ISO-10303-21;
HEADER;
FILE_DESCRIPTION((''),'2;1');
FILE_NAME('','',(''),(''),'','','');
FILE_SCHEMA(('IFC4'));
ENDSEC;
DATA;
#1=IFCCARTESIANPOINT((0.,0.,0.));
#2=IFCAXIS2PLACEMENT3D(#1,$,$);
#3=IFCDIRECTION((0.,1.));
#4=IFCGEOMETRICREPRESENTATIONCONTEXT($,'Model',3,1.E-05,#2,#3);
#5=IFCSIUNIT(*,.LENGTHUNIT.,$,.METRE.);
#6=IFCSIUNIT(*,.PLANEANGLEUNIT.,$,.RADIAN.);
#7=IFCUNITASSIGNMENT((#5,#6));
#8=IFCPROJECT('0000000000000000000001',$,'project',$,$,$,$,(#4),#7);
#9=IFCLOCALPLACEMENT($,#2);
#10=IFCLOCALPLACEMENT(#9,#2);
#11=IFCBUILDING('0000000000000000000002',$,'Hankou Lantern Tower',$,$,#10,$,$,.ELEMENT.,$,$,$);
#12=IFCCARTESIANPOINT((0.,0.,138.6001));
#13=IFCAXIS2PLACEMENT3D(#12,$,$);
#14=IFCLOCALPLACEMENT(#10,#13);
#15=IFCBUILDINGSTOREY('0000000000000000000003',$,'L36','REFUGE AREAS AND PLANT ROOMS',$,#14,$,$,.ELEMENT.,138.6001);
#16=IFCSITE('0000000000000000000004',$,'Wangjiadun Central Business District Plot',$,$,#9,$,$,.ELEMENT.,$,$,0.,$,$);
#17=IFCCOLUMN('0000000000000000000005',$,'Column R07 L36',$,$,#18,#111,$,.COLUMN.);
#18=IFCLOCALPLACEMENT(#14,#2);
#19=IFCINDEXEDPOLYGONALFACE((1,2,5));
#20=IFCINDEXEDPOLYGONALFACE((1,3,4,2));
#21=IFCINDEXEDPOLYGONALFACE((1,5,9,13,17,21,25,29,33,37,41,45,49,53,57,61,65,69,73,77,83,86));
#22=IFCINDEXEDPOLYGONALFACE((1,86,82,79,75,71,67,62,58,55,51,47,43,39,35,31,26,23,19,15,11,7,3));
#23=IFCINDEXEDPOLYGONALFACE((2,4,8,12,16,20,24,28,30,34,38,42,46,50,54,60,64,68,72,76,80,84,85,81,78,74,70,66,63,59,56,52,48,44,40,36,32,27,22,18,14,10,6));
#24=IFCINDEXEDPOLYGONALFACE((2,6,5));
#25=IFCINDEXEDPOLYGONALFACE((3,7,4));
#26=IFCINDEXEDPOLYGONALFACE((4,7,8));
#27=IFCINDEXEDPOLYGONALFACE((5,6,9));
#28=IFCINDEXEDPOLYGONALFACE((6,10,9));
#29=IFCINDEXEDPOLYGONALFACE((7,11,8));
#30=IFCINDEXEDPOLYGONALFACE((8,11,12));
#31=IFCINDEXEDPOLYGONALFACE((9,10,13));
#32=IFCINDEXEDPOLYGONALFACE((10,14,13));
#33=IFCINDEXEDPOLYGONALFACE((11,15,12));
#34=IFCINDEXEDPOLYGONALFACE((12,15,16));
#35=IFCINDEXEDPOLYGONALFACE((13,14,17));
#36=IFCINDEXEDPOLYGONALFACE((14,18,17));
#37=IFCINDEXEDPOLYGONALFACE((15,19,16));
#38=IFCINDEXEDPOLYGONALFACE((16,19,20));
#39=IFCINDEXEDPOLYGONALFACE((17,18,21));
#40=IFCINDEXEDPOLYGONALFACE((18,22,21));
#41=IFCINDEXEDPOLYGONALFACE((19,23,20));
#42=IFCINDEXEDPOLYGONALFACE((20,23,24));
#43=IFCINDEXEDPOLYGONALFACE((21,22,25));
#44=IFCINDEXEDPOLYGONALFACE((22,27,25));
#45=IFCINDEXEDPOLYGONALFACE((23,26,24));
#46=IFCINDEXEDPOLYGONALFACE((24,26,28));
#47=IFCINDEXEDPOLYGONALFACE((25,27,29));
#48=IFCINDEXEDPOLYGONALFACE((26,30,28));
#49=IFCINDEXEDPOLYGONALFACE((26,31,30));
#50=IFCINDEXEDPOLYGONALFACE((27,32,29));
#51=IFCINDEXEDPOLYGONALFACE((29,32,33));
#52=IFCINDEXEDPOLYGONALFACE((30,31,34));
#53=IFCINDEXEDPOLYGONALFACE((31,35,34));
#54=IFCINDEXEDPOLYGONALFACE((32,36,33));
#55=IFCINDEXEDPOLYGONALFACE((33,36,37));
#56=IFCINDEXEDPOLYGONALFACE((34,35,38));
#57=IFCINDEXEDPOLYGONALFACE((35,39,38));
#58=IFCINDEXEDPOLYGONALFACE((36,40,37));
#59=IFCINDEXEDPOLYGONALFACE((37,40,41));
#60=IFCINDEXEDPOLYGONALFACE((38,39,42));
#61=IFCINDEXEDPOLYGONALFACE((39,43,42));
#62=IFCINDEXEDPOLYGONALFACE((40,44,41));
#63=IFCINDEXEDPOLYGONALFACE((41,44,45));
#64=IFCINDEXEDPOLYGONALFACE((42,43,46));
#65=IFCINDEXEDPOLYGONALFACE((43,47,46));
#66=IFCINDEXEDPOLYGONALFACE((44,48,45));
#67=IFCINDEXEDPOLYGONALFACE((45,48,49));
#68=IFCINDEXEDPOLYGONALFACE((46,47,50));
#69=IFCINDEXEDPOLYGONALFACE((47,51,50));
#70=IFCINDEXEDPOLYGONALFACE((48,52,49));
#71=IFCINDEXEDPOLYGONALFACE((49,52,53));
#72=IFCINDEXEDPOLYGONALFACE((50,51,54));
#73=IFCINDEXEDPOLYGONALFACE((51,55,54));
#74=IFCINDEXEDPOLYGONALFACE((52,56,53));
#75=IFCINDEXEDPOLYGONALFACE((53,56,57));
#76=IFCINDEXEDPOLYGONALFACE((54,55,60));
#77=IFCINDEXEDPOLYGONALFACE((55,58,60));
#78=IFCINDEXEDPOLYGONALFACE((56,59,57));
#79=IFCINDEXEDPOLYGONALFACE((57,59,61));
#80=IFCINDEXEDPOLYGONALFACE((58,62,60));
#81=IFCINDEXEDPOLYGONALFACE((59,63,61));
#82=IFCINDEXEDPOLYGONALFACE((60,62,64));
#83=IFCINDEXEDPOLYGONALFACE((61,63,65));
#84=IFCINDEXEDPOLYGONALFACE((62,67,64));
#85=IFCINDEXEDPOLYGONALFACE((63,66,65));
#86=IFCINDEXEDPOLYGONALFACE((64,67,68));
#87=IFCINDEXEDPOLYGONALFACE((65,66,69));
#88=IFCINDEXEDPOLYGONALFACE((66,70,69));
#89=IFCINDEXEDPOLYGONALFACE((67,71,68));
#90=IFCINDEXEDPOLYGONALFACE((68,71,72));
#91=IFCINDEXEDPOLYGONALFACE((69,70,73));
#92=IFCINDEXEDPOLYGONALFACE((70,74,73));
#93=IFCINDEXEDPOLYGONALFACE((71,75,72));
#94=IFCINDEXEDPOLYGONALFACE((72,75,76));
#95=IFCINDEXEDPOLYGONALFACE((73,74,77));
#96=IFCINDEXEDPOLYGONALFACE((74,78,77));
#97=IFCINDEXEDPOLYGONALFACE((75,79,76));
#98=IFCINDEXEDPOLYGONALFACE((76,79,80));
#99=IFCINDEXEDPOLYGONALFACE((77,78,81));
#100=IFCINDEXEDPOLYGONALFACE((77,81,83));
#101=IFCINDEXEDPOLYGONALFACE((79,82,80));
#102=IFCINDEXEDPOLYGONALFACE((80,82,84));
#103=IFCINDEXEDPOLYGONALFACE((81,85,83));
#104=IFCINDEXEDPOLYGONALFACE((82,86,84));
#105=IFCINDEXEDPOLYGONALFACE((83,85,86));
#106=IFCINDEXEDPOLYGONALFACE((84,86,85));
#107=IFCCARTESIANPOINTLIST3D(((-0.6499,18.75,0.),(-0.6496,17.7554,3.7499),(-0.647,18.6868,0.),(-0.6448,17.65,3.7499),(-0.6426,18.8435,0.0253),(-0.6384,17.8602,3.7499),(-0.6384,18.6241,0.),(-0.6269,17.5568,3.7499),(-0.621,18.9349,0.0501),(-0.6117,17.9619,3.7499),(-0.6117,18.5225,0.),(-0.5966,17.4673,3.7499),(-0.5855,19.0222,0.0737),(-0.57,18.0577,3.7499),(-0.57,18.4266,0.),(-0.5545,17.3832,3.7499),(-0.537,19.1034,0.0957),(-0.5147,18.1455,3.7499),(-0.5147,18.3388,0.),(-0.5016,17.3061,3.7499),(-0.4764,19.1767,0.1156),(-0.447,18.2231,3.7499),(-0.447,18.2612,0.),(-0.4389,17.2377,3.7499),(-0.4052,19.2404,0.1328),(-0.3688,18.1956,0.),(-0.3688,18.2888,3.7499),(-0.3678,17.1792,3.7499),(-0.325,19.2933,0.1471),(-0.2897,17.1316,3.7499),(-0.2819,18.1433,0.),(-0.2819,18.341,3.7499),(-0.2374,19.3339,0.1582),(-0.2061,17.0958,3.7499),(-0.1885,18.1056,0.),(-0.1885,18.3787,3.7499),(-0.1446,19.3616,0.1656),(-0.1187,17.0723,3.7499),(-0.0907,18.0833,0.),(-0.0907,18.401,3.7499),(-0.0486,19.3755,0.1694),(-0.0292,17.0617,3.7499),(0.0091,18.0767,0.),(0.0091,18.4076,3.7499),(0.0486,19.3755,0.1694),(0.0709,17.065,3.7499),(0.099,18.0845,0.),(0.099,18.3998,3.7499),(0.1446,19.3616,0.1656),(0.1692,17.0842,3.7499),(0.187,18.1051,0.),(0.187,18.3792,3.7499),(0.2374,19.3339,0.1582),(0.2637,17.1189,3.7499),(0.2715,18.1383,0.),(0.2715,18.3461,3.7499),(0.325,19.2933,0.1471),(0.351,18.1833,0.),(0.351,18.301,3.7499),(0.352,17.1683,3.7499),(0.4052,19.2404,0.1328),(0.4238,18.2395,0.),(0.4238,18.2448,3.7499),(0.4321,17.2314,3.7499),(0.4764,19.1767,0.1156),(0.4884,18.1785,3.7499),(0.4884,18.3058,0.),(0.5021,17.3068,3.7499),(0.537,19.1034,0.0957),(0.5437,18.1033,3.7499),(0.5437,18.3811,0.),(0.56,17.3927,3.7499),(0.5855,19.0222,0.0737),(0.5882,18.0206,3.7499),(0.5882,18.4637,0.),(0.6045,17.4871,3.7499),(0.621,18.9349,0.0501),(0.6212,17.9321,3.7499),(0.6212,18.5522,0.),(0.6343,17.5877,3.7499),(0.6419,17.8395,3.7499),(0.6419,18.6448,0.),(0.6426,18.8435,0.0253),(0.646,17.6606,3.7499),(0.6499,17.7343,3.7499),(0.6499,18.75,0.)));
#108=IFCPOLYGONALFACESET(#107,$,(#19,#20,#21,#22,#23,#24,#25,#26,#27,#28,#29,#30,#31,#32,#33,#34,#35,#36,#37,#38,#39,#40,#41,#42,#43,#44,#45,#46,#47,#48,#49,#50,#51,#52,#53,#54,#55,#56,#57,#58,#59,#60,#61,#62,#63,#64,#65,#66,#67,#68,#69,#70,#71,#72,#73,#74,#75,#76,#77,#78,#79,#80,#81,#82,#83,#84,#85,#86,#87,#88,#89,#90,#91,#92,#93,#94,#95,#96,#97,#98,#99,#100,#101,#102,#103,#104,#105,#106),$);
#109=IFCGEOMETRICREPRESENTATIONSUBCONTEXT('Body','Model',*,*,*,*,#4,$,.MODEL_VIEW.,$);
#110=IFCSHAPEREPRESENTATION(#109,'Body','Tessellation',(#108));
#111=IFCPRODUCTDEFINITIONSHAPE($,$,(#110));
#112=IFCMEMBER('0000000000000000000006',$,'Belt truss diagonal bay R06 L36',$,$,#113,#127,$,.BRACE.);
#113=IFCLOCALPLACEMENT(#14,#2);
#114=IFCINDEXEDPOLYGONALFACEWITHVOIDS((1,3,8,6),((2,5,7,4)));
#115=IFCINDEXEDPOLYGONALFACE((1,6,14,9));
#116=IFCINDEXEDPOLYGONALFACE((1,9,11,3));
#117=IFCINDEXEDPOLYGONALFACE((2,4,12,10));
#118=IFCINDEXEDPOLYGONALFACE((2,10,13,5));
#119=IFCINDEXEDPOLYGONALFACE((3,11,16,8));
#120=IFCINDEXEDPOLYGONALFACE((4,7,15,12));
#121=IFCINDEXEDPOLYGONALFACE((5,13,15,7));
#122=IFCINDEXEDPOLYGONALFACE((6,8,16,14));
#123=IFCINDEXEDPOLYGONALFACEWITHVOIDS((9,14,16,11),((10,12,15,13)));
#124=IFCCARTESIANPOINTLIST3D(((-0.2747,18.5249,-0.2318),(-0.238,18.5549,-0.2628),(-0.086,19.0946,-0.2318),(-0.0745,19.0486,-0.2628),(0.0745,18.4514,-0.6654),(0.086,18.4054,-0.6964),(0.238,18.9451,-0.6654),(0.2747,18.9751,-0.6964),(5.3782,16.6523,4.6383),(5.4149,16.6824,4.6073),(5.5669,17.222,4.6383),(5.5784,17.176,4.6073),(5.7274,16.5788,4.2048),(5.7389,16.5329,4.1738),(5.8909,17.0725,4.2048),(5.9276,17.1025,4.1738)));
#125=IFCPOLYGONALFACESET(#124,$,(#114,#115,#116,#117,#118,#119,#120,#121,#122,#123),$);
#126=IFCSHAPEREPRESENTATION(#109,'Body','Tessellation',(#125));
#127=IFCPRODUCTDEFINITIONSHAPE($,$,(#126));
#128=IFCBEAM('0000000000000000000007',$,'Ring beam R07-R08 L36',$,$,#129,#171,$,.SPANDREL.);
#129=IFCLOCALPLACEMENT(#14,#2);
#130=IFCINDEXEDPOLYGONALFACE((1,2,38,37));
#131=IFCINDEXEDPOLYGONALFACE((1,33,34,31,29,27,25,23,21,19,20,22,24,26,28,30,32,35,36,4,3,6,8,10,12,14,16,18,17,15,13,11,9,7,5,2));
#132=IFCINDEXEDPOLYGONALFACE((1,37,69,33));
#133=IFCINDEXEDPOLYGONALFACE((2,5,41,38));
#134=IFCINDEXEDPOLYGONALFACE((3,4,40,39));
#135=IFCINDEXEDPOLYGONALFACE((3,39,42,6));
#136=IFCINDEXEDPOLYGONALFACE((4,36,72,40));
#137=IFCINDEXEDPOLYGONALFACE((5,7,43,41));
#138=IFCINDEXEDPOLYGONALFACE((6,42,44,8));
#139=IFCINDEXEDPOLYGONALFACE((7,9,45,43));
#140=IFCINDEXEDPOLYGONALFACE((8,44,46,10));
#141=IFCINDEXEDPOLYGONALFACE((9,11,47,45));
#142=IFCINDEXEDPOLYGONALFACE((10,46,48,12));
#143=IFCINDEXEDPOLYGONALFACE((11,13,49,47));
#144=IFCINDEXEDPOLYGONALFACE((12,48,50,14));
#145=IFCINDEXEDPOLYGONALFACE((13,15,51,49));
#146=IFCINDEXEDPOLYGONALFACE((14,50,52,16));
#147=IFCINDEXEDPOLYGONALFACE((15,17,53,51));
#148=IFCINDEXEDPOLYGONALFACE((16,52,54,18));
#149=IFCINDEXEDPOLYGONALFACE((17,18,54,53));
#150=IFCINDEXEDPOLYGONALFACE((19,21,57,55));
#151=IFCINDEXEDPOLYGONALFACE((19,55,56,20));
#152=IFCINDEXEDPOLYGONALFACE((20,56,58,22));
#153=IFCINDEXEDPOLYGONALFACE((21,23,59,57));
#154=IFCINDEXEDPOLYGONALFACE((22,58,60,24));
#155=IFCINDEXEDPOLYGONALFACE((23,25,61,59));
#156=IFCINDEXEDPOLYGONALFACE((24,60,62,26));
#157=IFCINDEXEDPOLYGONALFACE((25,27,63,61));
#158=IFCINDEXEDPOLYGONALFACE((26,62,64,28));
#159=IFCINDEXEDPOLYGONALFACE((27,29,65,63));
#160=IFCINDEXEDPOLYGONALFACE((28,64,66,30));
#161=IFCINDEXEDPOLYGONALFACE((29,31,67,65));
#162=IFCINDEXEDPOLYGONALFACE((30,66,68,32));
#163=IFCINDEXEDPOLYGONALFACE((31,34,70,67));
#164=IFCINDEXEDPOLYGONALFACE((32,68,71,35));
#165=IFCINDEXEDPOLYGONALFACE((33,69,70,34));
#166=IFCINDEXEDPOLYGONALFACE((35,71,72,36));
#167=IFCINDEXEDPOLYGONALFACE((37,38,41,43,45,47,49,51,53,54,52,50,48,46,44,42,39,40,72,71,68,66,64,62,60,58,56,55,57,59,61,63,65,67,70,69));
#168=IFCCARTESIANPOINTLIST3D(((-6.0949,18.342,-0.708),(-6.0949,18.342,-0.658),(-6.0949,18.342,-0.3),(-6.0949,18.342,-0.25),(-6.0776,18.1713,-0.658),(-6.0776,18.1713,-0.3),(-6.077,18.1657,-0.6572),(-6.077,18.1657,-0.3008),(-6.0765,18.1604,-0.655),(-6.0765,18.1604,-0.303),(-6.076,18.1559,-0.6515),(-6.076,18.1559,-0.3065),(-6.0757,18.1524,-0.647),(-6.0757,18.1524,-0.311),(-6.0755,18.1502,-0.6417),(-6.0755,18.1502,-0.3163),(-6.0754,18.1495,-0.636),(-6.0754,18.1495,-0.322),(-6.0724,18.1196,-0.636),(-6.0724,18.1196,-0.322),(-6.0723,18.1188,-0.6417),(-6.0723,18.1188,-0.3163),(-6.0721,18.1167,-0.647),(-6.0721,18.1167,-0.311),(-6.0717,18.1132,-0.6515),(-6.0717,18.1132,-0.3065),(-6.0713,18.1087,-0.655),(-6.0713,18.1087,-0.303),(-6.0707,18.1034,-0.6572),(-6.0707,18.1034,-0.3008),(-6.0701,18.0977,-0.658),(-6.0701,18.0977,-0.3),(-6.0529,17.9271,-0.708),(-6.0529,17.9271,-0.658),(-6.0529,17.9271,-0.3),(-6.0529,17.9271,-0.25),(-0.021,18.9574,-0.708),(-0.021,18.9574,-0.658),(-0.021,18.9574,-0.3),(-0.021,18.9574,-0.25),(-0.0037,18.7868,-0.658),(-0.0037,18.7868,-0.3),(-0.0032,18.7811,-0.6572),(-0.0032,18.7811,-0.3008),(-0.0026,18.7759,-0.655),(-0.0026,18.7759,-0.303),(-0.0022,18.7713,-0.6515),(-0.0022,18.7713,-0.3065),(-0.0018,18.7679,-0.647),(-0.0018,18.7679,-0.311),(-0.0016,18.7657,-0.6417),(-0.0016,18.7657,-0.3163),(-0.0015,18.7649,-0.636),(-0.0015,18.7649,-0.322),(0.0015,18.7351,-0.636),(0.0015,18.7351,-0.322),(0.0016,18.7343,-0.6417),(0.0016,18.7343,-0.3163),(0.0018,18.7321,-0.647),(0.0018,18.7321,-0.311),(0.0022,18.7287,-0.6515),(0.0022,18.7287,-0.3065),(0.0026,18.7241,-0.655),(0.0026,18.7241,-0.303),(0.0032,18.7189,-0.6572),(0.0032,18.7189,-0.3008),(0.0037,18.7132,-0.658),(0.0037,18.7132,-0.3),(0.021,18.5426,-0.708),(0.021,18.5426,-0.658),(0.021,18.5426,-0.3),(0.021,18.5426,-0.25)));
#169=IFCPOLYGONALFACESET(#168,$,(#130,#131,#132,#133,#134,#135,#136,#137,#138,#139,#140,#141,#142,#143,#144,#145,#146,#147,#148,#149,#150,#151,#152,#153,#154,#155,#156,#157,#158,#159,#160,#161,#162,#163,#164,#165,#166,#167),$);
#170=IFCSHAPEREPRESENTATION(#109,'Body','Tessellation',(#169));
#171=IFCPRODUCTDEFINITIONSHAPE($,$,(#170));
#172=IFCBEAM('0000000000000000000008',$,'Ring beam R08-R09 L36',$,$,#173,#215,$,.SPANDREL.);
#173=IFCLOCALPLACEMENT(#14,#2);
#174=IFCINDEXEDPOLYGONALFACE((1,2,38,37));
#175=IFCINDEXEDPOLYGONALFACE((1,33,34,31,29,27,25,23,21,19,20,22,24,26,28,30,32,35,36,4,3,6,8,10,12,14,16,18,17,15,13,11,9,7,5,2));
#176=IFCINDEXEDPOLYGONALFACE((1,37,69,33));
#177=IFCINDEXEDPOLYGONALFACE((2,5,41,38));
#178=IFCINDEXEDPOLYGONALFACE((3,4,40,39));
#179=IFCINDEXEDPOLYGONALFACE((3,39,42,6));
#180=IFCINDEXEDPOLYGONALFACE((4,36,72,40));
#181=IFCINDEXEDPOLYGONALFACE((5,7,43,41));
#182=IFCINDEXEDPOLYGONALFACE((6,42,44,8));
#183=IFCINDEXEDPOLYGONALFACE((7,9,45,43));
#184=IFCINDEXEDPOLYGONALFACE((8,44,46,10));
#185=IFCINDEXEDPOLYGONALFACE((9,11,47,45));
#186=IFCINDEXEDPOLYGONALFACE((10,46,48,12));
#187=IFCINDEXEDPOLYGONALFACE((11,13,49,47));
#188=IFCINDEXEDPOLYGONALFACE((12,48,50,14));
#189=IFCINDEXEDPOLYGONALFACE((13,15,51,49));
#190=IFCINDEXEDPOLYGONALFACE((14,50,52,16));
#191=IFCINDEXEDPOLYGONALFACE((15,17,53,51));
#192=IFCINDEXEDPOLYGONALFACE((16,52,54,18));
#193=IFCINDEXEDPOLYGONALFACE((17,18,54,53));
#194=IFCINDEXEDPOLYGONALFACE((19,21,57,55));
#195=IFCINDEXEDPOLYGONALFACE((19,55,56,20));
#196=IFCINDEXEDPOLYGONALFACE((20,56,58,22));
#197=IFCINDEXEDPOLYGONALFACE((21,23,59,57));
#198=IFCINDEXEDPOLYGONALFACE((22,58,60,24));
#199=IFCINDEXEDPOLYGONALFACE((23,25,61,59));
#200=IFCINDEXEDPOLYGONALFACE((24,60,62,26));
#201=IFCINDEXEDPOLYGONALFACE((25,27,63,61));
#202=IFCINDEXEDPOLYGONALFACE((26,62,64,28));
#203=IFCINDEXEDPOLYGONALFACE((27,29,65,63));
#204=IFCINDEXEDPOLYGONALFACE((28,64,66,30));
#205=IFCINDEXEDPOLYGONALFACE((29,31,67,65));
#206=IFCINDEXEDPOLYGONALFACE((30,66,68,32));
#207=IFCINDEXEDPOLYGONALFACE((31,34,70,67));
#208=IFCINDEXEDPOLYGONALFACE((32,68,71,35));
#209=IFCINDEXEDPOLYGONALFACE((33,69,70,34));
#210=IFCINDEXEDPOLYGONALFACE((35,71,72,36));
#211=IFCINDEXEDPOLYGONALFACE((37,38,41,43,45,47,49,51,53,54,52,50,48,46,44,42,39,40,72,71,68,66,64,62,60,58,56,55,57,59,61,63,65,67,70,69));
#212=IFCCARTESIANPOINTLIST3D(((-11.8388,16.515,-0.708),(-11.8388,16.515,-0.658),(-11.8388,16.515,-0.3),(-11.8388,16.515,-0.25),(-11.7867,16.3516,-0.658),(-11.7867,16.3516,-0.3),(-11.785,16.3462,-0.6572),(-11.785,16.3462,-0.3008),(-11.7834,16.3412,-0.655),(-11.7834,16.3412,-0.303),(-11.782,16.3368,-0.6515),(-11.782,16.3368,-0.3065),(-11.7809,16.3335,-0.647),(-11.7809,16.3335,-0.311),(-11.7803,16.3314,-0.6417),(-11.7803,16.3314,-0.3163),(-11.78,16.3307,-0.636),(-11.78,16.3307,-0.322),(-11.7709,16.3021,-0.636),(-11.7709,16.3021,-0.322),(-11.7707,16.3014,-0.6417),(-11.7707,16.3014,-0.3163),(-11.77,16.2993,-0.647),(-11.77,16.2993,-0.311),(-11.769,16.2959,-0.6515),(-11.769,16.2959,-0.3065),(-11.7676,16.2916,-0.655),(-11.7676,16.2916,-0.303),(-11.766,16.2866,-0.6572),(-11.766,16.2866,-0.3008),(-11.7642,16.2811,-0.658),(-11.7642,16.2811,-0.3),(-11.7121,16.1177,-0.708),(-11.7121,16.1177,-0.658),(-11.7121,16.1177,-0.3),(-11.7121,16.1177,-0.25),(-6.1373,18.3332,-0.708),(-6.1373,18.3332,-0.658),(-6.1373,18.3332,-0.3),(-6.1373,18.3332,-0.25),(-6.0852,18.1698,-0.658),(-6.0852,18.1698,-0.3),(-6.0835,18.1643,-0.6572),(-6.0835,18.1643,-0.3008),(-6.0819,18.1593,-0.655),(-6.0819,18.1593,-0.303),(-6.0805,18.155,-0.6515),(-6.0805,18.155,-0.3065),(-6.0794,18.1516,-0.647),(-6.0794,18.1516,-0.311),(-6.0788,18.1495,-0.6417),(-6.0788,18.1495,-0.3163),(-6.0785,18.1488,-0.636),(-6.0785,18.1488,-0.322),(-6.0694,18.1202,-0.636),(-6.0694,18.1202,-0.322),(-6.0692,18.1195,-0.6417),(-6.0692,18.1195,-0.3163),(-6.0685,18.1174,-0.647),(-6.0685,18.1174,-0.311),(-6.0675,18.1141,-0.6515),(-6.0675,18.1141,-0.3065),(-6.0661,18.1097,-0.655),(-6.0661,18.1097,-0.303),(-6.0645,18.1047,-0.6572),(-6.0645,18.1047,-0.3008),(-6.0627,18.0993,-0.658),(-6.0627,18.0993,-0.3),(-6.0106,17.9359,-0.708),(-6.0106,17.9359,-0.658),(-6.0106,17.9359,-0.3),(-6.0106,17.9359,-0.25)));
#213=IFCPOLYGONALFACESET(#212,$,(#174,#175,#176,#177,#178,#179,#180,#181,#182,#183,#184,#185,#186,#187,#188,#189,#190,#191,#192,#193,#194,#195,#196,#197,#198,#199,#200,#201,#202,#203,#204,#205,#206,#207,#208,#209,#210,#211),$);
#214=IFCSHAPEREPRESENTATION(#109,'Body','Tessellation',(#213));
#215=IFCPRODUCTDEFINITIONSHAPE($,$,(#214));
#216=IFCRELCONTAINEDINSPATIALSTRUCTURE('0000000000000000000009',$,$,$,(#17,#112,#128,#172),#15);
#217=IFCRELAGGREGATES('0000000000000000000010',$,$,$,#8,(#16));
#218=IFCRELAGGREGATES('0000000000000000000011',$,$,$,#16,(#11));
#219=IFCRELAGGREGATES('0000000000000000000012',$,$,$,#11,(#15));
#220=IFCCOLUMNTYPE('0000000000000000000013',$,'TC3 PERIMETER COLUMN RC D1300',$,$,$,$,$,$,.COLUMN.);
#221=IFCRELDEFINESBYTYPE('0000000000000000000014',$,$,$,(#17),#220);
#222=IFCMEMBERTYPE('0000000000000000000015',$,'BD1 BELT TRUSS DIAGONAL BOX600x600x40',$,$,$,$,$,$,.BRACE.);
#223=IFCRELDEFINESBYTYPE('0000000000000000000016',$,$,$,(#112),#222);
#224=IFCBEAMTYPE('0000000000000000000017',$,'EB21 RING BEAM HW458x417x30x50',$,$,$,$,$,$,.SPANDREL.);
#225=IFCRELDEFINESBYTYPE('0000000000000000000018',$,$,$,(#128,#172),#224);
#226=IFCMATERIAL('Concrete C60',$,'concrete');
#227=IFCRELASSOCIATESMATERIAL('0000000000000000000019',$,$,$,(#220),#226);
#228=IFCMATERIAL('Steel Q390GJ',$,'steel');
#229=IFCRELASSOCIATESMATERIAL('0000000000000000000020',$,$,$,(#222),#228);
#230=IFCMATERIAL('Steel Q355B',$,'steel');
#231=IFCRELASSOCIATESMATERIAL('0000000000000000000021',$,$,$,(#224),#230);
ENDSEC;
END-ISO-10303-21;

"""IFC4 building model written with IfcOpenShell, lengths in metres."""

from ifc_helpers import new_model, si_unit, direction, frame, origin, origin_2d, place, context, subcontext, project, spatial, hollow_rectangle, circle, i_section, extrude, clip, halfspace, material, material_profile, profile_set, type_object, element, save


model = new_model("IFC4")

# Units and contexts
model_context = context("Model", 3, precision=1e-05, world=origin(), true_north=direction((0.0, 1.0)))
body_context = subcontext(model_context, "Body", "Model", "MODEL_VIEW")
ifc_project = project(units=[si_unit("LENGTHUNIT", "METRE"), si_unit("PLANEANGLEUNIT", "RADIAN")], contexts=[model_context])

# Site, building, storey
site_placement = place(None, origin())
site = spatial("IfcSite", under=ifc_project, at=site_placement, Name="Wangjiadun Central Business District Plot", CompositionType="ELEMENT", RefElevation=0.0)
building_placement = place(site_placement, origin())
building = spatial("IfcBuilding", under=site, at=building_placement, Name="Hankou Lantern Tower", CompositionType="ELEMENT")
storey_placement = place(building_placement, frame((0.0, 0.0, 138.6001)))
storey = spatial("IfcBuildingStorey", under=building, at=storey_placement, Name="L36", Description="REFUGE AREAS AND PLANT ROOMS", CompositionType="ELEMENT", Elevation=138.6001)

# Column
ifc_material_1 = material(Name="Concrete C60", Category="concrete")
ifc_material_profile_1 = material_profile(ifc_material_1, circle(Radius=0.6499, at=origin_2d()), Name="RC D1300")
ifc_profile_set_1 = profile_set([ifc_material_profile_1], Name="Concrete C60")
column_type = type_object("IfcColumnType", Name="TC3 PERIMETER COLUMN RC D1300", PredefinedType="COLUMN", material=ifc_profile_set_1)
column_1_placement = place(storey_placement, frame((0.0, 18.75, 0.0), z_axis=(0.0, -0.261435, 0.965221), x_axis=(1.0, 0.0, 0.0)))
element("IfcColumn", 1, at=column_1_placement, inside=storey, type_object=column_type, Name="Column R07 L36", PredefinedType="COLUMN", context=body_context, shape_type="Clipping", body=[
    clip(clip(extrude(circle(Radius=0.6499, at=origin_2d()), origin(), (0.0, 0.0, 1.0), 4.9727), halfspace(frame((0.0, 0.0, 0.0), z_axis=(0.0, -0.261435, -0.965221), x_axis=(1.0, 0.0, 0.0)), False)), halfspace(frame((0.0, 0.0, 3.885), z_axis=(0.0, 0.261435, 0.965221), x_axis=(1.0, 0.0, 0.0)), False)),
])

# Member
ifc_material_2 = material(Name="Steel Q390GJ", Category="steel")
ifc_material_profile_2 = material_profile(ifc_material_2, hollow_rectangle(XDim=0.6001, YDim=0.6001, WallThickness=0.04, at=origin_2d()), Name="BOX600x600x40")
ifc_profile_set_2 = profile_set([ifc_material_profile_2], Name="Steel Q390GJ")
member_type = type_object("IfcMemberType", Name="BD1 BELT TRUSS DIAGONAL BOX600x600x40", PredefinedType="BRACE", material=ifc_profile_set_2)
member_placement = place(storey_placement, frame((0.0, 18.75, -0.4641), z_axis=(0.734822, -0.243417, 0.633075), x_axis=(0.314456, 0.949272, 0.0)))
element("IfcMember", 2, at=member_placement, inside=storey, type_object=member_type, Name="Belt truss diagonal bay R06 L36", PredefinedType="BRACE", context=body_context, shape_type="SweptSolid", body=[
    extrude(hollow_rectangle(XDim=0.6001, YDim=0.6001, WallThickness=0.04, at=origin_2d()), origin(), (0.0, 0.0, 1.0), 7.6929),
])

# Beams
ifc_material_3 = material(Name="Steel Q355B", Category="steel")
ifc_material_profile_3 = material_profile(ifc_material_3, i_section(OverallWidth=0.417, OverallDepth=0.458, WebThickness=0.03, FlangeThickness=0.05, FilletRadius=0.022, at=origin_2d()), Name="HW458x417x30x50")
ifc_profile_set_3 = profile_set([ifc_material_profile_3], Name="Steel Q355B")
beam_type_1 = type_object("IfcBeamType", Name="EB21 RING BEAM HW458x417x30x50", PredefinedType="SPANDREL", material=ifc_profile_set_3)
beam_1_placement = place(storey_placement, frame((0.0, 18.75, -0.479), z_axis=(-0.994905, -0.100814, 0.0), x_axis=(0.100814, -0.994905, 0.0)))
element("IfcBeam", 3, at=beam_1_placement, inside=storey, type_object=beam_type_1, Name="Ring beam R07-R08 L36", PredefinedType="SPANDREL", context=body_context, shape_type="SweptSolid", body=[
    extrude(i_section(OverallWidth=0.417, OverallDepth=0.458, WebThickness=0.03, FlangeThickness=0.05, FilletRadius=0.022, at=origin_2d()), origin(), (0.0, 0.0, 1.0), 6.105),
])
beam_2_placement = place(storey_placement, frame((-6.074, 18.1345, -0.479), z_axis=(-0.952731, -0.303815, 0.0), x_axis=(0.303815, -0.952731, 0.0)))
element("IfcBeam", 4, at=beam_2_placement, inside=storey, type_object=beam_type_1, Name="Ring beam R08-R09 L36", PredefinedType="SPANDREL", context=body_context, shape_type="SweptSolid", body=[
    extrude(i_section(OverallWidth=0.417, OverallDepth=0.458, WebThickness=0.03, FlangeThickness=0.05, FilletRadius=0.022, at=origin_2d()), origin(), (0.0, 0.0, 1.0), 5.9844),
])

save(model, "model.ifc")
